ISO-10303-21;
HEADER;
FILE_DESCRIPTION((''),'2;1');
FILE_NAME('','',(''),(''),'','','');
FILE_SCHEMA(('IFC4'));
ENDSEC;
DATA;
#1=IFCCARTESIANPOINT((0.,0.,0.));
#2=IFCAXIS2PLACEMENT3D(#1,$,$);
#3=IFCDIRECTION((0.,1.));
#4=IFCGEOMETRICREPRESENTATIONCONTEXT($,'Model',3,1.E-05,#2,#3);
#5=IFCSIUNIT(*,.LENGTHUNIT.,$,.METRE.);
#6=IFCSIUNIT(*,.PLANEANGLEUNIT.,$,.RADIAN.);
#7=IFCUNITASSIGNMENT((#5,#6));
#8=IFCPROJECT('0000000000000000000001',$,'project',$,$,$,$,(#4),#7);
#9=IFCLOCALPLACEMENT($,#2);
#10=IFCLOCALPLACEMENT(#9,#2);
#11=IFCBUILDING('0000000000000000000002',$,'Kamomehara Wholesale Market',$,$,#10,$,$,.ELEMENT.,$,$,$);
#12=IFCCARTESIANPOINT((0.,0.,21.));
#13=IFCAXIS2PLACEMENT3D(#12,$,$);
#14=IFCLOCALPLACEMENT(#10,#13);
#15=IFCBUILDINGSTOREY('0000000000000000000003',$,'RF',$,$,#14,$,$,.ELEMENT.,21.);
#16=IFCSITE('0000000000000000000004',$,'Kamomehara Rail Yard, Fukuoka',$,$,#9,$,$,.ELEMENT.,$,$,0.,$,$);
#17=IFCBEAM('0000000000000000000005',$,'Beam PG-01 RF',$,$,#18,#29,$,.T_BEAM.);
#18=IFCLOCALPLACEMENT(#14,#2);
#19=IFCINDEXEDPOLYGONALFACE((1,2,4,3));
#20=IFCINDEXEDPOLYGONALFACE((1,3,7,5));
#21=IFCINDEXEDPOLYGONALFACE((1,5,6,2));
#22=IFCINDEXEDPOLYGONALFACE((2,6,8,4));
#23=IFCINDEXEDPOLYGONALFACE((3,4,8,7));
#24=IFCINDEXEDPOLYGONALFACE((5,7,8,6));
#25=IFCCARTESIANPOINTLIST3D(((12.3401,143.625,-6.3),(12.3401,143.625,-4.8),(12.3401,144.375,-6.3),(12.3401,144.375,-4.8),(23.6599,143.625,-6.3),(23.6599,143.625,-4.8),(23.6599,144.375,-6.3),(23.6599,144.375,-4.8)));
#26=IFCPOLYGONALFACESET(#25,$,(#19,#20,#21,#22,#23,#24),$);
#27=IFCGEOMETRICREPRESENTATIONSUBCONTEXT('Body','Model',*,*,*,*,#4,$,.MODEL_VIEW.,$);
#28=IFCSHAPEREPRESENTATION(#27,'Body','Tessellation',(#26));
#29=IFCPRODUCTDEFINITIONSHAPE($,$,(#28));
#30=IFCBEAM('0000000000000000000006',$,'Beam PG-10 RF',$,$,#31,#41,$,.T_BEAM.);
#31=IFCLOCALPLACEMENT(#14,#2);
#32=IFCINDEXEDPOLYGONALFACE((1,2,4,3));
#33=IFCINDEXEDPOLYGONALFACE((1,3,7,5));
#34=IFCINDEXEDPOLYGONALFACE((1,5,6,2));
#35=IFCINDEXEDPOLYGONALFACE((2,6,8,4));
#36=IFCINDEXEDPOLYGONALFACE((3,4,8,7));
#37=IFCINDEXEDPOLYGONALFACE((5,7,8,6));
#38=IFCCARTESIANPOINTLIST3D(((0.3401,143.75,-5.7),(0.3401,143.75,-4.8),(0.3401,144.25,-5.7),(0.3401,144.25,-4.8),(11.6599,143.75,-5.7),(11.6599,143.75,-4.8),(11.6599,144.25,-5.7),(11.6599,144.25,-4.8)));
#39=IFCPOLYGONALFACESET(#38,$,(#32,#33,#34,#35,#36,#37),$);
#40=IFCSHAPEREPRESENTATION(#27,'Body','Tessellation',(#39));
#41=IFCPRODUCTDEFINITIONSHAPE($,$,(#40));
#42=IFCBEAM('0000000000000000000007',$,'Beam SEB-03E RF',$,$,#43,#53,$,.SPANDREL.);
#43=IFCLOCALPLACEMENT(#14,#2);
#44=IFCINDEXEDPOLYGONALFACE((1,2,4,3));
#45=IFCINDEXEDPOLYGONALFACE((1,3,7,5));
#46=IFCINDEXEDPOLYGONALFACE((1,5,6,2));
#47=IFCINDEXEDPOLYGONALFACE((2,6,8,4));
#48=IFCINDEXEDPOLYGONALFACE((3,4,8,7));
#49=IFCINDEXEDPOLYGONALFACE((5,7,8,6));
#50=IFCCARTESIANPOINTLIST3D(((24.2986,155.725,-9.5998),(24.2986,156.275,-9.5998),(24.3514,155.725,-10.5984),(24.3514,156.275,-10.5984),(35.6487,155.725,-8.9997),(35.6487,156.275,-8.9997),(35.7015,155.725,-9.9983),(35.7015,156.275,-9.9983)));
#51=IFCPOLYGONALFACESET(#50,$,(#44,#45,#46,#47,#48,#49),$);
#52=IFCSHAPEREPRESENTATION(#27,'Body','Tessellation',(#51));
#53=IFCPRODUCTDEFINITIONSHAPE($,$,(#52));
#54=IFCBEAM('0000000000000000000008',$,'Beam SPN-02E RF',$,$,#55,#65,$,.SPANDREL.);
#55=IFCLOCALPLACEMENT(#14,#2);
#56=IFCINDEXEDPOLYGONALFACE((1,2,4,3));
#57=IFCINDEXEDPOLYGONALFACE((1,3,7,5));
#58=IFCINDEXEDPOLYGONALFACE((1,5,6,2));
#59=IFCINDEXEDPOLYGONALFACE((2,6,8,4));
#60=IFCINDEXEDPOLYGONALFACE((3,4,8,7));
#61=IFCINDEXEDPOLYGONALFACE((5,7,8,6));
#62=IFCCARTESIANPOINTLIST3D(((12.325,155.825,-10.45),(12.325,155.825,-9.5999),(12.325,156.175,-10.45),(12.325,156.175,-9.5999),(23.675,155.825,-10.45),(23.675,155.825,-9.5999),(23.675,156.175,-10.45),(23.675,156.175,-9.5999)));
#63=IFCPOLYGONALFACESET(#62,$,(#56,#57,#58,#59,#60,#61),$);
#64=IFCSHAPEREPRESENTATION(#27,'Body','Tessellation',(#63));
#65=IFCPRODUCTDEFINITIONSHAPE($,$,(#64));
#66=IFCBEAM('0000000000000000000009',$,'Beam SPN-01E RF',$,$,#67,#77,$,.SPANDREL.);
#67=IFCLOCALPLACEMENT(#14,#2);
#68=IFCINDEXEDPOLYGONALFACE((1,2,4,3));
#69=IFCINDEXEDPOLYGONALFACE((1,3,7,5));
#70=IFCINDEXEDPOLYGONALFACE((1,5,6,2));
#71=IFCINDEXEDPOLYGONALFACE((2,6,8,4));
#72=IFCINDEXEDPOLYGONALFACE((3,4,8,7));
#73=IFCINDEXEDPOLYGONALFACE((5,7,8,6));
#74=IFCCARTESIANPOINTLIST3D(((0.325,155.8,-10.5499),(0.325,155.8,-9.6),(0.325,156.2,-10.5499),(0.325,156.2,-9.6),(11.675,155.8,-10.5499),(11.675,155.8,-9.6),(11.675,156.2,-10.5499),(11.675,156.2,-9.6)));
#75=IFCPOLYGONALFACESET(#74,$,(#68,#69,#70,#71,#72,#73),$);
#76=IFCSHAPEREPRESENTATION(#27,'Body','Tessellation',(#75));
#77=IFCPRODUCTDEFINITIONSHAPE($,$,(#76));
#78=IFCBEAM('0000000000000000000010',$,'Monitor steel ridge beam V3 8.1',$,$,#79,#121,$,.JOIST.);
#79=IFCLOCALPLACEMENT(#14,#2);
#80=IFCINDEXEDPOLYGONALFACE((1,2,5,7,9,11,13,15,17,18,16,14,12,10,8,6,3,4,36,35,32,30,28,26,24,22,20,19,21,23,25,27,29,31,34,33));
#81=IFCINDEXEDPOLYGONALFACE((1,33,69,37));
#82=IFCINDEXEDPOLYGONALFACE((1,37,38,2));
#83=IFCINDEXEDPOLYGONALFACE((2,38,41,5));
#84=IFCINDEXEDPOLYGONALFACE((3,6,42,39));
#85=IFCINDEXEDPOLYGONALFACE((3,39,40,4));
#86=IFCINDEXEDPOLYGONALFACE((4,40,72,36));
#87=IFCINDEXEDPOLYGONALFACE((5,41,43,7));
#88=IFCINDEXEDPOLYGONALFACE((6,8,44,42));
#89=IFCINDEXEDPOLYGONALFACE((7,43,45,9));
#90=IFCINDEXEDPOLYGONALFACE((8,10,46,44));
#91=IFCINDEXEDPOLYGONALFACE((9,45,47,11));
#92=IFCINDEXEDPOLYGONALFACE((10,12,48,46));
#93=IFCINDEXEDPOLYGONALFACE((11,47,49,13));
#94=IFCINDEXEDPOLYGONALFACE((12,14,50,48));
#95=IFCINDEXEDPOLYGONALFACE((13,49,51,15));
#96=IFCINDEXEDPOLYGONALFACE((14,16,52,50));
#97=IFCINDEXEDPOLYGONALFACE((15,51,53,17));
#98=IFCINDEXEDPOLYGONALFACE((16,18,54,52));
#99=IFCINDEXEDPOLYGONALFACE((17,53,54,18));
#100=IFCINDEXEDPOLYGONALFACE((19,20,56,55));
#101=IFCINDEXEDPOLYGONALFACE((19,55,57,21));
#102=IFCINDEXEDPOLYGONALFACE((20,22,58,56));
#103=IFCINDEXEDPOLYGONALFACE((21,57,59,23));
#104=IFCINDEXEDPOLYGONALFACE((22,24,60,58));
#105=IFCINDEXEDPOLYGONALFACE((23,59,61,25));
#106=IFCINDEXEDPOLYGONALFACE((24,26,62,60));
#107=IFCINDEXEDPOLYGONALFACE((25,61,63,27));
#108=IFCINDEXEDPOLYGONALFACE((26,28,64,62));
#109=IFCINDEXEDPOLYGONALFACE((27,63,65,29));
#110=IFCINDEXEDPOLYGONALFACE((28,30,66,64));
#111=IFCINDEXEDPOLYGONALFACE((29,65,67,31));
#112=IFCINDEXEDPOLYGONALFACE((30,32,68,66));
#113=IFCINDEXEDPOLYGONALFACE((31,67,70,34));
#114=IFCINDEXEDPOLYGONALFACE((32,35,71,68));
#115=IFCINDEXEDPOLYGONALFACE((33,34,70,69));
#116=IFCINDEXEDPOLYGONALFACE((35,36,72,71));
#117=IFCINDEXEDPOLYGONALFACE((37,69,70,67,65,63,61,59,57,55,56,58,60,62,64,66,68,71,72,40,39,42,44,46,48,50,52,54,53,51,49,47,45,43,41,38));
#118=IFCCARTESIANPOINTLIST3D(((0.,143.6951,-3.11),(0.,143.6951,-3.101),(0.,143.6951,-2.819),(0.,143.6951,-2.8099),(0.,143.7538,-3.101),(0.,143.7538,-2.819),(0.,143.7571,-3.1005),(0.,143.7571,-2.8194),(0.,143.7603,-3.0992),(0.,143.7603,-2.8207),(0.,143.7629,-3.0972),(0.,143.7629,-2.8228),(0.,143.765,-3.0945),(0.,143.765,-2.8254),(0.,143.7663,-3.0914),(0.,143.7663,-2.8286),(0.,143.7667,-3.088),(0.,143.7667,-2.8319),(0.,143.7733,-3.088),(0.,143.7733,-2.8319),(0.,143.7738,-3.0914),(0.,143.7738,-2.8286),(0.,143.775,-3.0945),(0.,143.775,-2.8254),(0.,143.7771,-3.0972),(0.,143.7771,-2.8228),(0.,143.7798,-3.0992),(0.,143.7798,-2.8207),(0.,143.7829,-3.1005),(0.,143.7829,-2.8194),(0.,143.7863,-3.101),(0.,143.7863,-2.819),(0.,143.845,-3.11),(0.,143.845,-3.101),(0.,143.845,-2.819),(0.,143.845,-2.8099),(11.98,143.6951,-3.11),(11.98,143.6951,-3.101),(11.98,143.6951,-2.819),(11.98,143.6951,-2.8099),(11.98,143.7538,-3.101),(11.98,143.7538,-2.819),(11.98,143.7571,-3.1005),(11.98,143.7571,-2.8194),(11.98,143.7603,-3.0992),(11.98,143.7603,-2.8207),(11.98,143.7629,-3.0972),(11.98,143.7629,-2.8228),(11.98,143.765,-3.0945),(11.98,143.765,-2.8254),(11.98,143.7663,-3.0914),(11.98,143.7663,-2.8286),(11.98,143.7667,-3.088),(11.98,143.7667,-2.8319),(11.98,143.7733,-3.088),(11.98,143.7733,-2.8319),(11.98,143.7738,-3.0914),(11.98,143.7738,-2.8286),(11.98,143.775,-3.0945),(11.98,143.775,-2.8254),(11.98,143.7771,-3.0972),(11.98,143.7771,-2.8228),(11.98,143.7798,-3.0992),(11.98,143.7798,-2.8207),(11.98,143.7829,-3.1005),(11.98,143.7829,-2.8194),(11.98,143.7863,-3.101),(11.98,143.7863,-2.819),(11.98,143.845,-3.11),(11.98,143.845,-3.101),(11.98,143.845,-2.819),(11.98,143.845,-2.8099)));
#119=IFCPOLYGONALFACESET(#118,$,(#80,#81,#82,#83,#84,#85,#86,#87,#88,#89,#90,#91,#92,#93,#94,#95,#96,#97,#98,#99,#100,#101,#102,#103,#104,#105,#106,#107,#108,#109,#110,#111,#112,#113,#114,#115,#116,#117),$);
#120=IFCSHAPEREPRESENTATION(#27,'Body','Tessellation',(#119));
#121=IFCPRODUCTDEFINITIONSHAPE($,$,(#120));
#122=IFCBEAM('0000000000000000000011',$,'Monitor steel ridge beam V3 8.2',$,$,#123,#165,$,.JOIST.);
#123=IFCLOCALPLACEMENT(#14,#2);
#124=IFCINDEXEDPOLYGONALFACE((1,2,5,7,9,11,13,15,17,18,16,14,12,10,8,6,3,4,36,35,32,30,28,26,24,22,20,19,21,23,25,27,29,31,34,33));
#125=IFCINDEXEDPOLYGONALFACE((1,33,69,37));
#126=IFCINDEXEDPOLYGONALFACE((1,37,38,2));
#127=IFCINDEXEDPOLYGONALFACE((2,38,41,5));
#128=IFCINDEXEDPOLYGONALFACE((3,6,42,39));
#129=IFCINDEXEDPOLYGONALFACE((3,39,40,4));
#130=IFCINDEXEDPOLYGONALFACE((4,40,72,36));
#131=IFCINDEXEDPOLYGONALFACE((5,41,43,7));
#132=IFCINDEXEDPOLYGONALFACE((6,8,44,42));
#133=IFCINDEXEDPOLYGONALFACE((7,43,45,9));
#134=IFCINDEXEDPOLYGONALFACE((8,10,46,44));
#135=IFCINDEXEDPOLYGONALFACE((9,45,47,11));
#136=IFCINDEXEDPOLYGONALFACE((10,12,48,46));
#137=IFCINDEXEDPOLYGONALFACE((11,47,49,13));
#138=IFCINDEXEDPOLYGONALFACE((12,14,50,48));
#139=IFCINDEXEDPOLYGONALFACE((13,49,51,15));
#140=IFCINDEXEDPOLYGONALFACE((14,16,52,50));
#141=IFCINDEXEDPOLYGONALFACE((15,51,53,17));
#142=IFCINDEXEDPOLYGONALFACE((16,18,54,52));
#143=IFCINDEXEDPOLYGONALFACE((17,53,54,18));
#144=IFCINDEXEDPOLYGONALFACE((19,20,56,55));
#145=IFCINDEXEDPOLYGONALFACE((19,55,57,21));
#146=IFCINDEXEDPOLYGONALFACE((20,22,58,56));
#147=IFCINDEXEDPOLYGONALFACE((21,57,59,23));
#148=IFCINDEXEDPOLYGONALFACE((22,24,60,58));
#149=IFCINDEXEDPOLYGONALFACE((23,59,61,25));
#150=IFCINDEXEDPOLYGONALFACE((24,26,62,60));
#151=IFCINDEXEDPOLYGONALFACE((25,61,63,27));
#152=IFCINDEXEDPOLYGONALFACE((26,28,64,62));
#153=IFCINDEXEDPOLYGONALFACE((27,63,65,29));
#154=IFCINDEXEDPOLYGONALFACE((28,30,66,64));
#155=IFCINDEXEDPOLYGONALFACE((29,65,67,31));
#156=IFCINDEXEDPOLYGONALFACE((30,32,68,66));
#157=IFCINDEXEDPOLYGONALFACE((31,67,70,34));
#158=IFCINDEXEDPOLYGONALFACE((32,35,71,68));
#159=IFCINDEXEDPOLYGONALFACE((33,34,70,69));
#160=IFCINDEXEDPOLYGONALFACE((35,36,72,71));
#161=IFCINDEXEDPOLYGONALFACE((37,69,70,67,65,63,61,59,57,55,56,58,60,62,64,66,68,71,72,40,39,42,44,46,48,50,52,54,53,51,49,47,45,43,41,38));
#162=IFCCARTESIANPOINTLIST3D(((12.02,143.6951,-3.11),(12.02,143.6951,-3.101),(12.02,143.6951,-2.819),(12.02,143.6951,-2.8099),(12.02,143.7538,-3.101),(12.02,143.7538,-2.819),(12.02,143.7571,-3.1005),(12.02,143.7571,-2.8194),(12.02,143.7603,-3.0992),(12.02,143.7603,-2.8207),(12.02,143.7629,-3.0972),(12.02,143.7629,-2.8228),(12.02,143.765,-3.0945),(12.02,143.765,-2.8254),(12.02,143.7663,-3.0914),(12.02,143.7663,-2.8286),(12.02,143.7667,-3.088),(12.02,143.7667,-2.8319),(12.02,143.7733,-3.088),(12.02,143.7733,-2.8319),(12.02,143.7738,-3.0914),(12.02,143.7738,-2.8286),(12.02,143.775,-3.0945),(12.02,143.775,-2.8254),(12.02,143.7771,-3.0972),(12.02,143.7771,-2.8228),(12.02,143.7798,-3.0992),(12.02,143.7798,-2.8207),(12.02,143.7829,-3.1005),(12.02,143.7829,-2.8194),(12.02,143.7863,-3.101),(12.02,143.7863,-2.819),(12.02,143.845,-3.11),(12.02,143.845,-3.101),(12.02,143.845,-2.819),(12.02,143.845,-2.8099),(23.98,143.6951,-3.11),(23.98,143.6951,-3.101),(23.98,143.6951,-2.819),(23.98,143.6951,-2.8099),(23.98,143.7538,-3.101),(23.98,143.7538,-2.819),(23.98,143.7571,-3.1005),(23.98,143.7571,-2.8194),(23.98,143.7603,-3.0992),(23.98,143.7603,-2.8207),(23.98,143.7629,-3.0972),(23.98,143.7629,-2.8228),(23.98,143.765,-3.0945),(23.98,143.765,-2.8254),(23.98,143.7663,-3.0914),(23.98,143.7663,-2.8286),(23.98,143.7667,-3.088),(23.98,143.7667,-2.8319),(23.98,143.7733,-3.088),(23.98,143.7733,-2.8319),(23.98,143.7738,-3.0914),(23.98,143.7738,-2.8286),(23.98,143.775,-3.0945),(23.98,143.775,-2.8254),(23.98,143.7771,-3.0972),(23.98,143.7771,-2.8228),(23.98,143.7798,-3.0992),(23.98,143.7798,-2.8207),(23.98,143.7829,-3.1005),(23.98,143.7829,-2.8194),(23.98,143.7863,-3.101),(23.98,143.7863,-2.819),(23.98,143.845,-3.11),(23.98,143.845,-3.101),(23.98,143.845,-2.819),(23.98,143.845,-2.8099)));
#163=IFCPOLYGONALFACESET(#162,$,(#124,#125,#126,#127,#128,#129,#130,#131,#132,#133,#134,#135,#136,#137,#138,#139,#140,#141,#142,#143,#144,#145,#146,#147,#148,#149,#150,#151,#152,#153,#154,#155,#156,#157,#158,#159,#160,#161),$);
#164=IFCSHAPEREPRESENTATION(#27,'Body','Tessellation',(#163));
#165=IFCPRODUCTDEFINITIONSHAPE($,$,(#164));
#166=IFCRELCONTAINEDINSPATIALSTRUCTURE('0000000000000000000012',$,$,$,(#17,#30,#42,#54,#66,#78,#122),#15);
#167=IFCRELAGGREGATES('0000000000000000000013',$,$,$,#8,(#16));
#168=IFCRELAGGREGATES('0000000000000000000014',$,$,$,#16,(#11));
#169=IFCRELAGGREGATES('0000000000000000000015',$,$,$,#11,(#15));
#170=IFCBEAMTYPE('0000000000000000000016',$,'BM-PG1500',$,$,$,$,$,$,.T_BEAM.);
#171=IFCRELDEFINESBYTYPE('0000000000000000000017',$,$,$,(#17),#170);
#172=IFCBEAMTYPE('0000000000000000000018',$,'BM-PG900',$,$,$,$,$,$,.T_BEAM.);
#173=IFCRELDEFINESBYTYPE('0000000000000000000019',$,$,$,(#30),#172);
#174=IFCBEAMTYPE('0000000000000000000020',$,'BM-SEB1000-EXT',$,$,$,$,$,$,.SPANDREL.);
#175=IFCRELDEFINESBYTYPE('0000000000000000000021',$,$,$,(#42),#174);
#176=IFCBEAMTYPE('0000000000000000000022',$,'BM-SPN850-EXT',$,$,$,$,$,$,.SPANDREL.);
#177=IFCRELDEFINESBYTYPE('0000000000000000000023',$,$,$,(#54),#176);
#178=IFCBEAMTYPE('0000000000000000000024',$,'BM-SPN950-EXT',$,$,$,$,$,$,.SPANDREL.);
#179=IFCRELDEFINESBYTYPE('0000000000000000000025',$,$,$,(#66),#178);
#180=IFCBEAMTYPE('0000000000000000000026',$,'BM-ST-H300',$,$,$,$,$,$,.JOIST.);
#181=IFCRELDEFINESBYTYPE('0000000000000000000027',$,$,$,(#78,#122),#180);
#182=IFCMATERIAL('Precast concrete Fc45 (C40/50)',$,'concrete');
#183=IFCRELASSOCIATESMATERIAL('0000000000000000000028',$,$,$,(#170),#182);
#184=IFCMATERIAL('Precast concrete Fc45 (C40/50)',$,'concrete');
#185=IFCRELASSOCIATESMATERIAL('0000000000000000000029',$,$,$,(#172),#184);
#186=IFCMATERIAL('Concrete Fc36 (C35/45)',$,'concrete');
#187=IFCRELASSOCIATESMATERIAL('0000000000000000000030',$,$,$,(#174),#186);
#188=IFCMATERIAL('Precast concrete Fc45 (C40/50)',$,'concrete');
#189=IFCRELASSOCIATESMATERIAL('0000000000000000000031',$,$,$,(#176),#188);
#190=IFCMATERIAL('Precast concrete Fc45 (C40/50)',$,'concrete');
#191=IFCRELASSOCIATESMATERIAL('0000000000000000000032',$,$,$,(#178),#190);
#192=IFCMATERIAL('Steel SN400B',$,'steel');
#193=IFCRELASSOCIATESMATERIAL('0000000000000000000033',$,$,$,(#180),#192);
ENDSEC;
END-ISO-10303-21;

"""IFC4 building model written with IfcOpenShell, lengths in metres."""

from ifc_helpers import new_model, si_unit, direction, frame, origin, origin_2d, place, context, subcontext, project, spatial, rectangle, i_section, extrude, material, material_profile, profile_set, type_object, element, save


model = new_model("IFC4")

# Units and contexts
model_context = context("Model", 3, precision=1e-05, world=origin(), true_north=direction((0.0, 1.0)))
body_context = subcontext(model_context, "Body", "Model", "MODEL_VIEW")
ifc_project = project(units=[si_unit("LENGTHUNIT", "METRE"), si_unit("PLANEANGLEUNIT", "RADIAN")], contexts=[model_context])

# Site, building, storey
site_placement = place(None, origin())
site = spatial("IfcSite", under=ifc_project, at=site_placement, Name="Kamomehara Rail Yard, Fukuoka", CompositionType="ELEMENT", RefElevation=0.0)
building_placement = place(site_placement, origin())
building = spatial("IfcBuilding", under=site, at=building_placement, Name="Kamomehara Wholesale Market", CompositionType="ELEMENT")
storey_placement = place(building_placement, frame((0.0, 0.0, 21.0)))
storey = spatial("IfcBuildingStorey", under=building, at=storey_placement, Name="RF", CompositionType="ELEMENT", Elevation=21.0)

# Beams
ifc_material_1 = material(Name="Precast concrete Fc45 (C40/50)", Category="concrete")
ifc_material_profile_1 = material_profile(ifc_material_1, rectangle(XDim=0.75, YDim=1.5, at=origin_2d()), Name="PC-GRD-750x1500")
ifc_profile_set_1 = profile_set([ifc_material_profile_1], Name="Precast concrete Fc45 (C40/50)")
beam_type_1 = type_object("IfcBeamType", Name="BM-PG1500", PredefinedType="T_BEAM", material=ifc_profile_set_1)
beam_1_placement = place(storey_placement, frame((12.3401, 144.0, -5.55), z_axis=(1.0, 0.0, 0.0), x_axis=(0.0, 1.0, 0.0)))
element("IfcBeam", 1, at=beam_1_placement, inside=storey, type_object=beam_type_1, Name="Beam PG-01 RF", PredefinedType="T_BEAM", context=body_context, shape_type="SweptSolid", body=[
    extrude(rectangle(XDim=0.75, YDim=1.5, at=origin_2d()), origin(), (0.0, 0.0, 1.0), 11.3198),
])
ifc_material_2 = material(Name="Precast concrete Fc45 (C40/50)", Category="concrete")
ifc_material_profile_2 = material_profile(ifc_material_2, rectangle(XDim=0.5, YDim=0.8999, at=origin_2d()), Name="PC-GRD-500x900")
ifc_profile_set_2 = profile_set([ifc_material_profile_2], Name="Precast concrete Fc45 (C40/50)")
beam_type_2 = type_object("IfcBeamType", Name="BM-PG900", PredefinedType="T_BEAM", material=ifc_profile_set_2)
beam_2_placement = place(storey_placement, frame((0.3401, 144.0, -5.25), z_axis=(1.0, 0.0, 0.0), x_axis=(0.0, 1.0, 0.0)))
element("IfcBeam", 2, at=beam_2_placement, inside=storey, type_object=beam_type_2, Name="Beam PG-10 RF", PredefinedType="T_BEAM", context=body_context, shape_type="SweptSolid", body=[
    extrude(rectangle(XDim=0.5, YDim=0.8999, at=origin_2d()), origin(), (0.0, 0.0, 1.0), 11.3198),
])
ifc_material_3 = material(Name="Concrete Fc36 (C35/45)", Category="concrete")
ifc_material_profile_3 = material_profile(ifc_material_3, rectangle(XDim=0.55, YDim=1.0, at=origin_2d()), Name="RC-SEB-550x1000")
ifc_profile_set_3 = profile_set([ifc_material_profile_3], Name="Concrete Fc36 (C35/45)")
beam_type_3 = type_object("IfcBeamType", Name="BM-SEB1000-EXT", PredefinedType="SPANDREL", material=ifc_profile_set_3)
beam_3_placement = place(storey_placement, frame((24.325, 156.0, -10.0991), z_axis=(0.998605, 0.0, 0.052798), x_axis=(0.0, 1.0, 0.0)))
element("IfcBeam", 3, at=beam_3_placement, inside=storey, type_object=beam_type_3, Name="Beam SEB-03E RF", PredefinedType="SPANDREL", context=body_context, shape_type="SweptSolid", body=[
    extrude(rectangle(XDim=0.55, YDim=1.0, at=origin_2d()), origin(), (0.0, 0.0, 1.0), 11.366),
])
ifc_material_4 = material(Name="Precast concrete Fc45 (C40/50)", Category="concrete")
ifc_material_profile_4 = material_profile(ifc_material_4, rectangle(XDim=0.3501, YDim=0.8501, at=origin_2d()), Name="PC-SPN-350x850")
ifc_profile_set_4 = profile_set([ifc_material_profile_4], Name="Precast concrete Fc45 (C40/50)")
beam_type_4 = type_object("IfcBeamType", Name="BM-SPN850-EXT", PredefinedType="SPANDREL", material=ifc_profile_set_4)
beam_4_placement = place(storey_placement, frame((12.325, 156.0, -10.0249), z_axis=(1.0, 0.0, 0.0), x_axis=(0.0, 1.0, 0.0)))
element("IfcBeam", 4, at=beam_4_placement, inside=storey, type_object=beam_type_4, Name="Beam SPN-02E RF", PredefinedType="SPANDREL", context=body_context, shape_type="SweptSolid", body=[
    extrude(rectangle(XDim=0.3501, YDim=0.8501, at=origin_2d()), origin(), (0.0, 0.0, 1.0), 11.3501),
])
ifc_material_5 = material(Name="Precast concrete Fc45 (C40/50)", Category="concrete")
ifc_material_profile_5 = material_profile(ifc_material_5, rectangle(XDim=0.3999, YDim=0.95, at=origin_2d()), Name="PC-SPN-400x950")
ifc_profile_set_5 = profile_set([ifc_material_profile_5], Name="Precast concrete Fc45 (C40/50)")
beam_type_5 = type_object("IfcBeamType", Name="BM-SPN950-EXT", PredefinedType="SPANDREL", material=ifc_profile_set_5)
beam_5_placement = place(storey_placement, frame((0.325, 156.0, -10.075), z_axis=(1.0, 0.0, 0.0), x_axis=(0.0, 1.0, 0.0)))
element("IfcBeam", 5, at=beam_5_placement, inside=storey, type_object=beam_type_5, Name="Beam SPN-01E RF", PredefinedType="SPANDREL", context=body_context, shape_type="SweptSolid", body=[
    extrude(rectangle(XDim=0.3999, YDim=0.95, at=origin_2d()), origin(), (0.0, 0.0, 1.0), 11.3501),
])
ifc_material_6 = material(Name="Steel SN400B", Category="steel")
ifc_material_profile_6 = material_profile(ifc_material_6, i_section(OverallWidth=0.1499, OverallDepth=0.3, WebThickness=0.0066, FlangeThickness=0.009, FilletRadius=0.0129, at=origin_2d()), Name="H-300x150x6.5x9")
ifc_profile_set_6 = profile_set([ifc_material_profile_6], Name="Steel SN400B")
beam_type_6 = type_object("IfcBeamType", Name="BM-ST-H300", PredefinedType="JOIST", material=ifc_profile_set_6)
beam_6_placement = place(storey_placement, frame((0.0, 143.77, -2.96), z_axis=(1.0, 0.0, 0.0), x_axis=(0.0, 1.0, 0.0)))
element("IfcBeam", 6, at=beam_6_placement, inside=storey, type_object=beam_type_6, Name="Monitor steel ridge beam V3 8.1", PredefinedType="JOIST", context=body_context, shape_type="SweptSolid", body=[
    extrude(i_section(OverallWidth=0.1499, OverallDepth=0.3, WebThickness=0.0066, FlangeThickness=0.009, FilletRadius=0.0129, at=origin_2d()), origin(), (0.0, 0.0, 1.0), 11.98),
])
beam_7_placement = place(storey_placement, frame((12.02, 143.77, -2.96), z_axis=(1.0, 0.0, 0.0), x_axis=(0.0, 1.0, 0.0)))
element("IfcBeam", 7, at=beam_7_placement, inside=storey, type_object=beam_type_6, Name="Monitor steel ridge beam V3 8.2", PredefinedType="JOIST", context=body_context, shape_type="SweptSolid", body=[
    extrude(i_section(OverallWidth=0.1499, OverallDepth=0.3, WebThickness=0.0066, FlangeThickness=0.009, FilletRadius=0.0129, at=origin_2d()), origin(), (0.0, 0.0, 1.0), 11.96),
])

save(model, "model.ifc")
